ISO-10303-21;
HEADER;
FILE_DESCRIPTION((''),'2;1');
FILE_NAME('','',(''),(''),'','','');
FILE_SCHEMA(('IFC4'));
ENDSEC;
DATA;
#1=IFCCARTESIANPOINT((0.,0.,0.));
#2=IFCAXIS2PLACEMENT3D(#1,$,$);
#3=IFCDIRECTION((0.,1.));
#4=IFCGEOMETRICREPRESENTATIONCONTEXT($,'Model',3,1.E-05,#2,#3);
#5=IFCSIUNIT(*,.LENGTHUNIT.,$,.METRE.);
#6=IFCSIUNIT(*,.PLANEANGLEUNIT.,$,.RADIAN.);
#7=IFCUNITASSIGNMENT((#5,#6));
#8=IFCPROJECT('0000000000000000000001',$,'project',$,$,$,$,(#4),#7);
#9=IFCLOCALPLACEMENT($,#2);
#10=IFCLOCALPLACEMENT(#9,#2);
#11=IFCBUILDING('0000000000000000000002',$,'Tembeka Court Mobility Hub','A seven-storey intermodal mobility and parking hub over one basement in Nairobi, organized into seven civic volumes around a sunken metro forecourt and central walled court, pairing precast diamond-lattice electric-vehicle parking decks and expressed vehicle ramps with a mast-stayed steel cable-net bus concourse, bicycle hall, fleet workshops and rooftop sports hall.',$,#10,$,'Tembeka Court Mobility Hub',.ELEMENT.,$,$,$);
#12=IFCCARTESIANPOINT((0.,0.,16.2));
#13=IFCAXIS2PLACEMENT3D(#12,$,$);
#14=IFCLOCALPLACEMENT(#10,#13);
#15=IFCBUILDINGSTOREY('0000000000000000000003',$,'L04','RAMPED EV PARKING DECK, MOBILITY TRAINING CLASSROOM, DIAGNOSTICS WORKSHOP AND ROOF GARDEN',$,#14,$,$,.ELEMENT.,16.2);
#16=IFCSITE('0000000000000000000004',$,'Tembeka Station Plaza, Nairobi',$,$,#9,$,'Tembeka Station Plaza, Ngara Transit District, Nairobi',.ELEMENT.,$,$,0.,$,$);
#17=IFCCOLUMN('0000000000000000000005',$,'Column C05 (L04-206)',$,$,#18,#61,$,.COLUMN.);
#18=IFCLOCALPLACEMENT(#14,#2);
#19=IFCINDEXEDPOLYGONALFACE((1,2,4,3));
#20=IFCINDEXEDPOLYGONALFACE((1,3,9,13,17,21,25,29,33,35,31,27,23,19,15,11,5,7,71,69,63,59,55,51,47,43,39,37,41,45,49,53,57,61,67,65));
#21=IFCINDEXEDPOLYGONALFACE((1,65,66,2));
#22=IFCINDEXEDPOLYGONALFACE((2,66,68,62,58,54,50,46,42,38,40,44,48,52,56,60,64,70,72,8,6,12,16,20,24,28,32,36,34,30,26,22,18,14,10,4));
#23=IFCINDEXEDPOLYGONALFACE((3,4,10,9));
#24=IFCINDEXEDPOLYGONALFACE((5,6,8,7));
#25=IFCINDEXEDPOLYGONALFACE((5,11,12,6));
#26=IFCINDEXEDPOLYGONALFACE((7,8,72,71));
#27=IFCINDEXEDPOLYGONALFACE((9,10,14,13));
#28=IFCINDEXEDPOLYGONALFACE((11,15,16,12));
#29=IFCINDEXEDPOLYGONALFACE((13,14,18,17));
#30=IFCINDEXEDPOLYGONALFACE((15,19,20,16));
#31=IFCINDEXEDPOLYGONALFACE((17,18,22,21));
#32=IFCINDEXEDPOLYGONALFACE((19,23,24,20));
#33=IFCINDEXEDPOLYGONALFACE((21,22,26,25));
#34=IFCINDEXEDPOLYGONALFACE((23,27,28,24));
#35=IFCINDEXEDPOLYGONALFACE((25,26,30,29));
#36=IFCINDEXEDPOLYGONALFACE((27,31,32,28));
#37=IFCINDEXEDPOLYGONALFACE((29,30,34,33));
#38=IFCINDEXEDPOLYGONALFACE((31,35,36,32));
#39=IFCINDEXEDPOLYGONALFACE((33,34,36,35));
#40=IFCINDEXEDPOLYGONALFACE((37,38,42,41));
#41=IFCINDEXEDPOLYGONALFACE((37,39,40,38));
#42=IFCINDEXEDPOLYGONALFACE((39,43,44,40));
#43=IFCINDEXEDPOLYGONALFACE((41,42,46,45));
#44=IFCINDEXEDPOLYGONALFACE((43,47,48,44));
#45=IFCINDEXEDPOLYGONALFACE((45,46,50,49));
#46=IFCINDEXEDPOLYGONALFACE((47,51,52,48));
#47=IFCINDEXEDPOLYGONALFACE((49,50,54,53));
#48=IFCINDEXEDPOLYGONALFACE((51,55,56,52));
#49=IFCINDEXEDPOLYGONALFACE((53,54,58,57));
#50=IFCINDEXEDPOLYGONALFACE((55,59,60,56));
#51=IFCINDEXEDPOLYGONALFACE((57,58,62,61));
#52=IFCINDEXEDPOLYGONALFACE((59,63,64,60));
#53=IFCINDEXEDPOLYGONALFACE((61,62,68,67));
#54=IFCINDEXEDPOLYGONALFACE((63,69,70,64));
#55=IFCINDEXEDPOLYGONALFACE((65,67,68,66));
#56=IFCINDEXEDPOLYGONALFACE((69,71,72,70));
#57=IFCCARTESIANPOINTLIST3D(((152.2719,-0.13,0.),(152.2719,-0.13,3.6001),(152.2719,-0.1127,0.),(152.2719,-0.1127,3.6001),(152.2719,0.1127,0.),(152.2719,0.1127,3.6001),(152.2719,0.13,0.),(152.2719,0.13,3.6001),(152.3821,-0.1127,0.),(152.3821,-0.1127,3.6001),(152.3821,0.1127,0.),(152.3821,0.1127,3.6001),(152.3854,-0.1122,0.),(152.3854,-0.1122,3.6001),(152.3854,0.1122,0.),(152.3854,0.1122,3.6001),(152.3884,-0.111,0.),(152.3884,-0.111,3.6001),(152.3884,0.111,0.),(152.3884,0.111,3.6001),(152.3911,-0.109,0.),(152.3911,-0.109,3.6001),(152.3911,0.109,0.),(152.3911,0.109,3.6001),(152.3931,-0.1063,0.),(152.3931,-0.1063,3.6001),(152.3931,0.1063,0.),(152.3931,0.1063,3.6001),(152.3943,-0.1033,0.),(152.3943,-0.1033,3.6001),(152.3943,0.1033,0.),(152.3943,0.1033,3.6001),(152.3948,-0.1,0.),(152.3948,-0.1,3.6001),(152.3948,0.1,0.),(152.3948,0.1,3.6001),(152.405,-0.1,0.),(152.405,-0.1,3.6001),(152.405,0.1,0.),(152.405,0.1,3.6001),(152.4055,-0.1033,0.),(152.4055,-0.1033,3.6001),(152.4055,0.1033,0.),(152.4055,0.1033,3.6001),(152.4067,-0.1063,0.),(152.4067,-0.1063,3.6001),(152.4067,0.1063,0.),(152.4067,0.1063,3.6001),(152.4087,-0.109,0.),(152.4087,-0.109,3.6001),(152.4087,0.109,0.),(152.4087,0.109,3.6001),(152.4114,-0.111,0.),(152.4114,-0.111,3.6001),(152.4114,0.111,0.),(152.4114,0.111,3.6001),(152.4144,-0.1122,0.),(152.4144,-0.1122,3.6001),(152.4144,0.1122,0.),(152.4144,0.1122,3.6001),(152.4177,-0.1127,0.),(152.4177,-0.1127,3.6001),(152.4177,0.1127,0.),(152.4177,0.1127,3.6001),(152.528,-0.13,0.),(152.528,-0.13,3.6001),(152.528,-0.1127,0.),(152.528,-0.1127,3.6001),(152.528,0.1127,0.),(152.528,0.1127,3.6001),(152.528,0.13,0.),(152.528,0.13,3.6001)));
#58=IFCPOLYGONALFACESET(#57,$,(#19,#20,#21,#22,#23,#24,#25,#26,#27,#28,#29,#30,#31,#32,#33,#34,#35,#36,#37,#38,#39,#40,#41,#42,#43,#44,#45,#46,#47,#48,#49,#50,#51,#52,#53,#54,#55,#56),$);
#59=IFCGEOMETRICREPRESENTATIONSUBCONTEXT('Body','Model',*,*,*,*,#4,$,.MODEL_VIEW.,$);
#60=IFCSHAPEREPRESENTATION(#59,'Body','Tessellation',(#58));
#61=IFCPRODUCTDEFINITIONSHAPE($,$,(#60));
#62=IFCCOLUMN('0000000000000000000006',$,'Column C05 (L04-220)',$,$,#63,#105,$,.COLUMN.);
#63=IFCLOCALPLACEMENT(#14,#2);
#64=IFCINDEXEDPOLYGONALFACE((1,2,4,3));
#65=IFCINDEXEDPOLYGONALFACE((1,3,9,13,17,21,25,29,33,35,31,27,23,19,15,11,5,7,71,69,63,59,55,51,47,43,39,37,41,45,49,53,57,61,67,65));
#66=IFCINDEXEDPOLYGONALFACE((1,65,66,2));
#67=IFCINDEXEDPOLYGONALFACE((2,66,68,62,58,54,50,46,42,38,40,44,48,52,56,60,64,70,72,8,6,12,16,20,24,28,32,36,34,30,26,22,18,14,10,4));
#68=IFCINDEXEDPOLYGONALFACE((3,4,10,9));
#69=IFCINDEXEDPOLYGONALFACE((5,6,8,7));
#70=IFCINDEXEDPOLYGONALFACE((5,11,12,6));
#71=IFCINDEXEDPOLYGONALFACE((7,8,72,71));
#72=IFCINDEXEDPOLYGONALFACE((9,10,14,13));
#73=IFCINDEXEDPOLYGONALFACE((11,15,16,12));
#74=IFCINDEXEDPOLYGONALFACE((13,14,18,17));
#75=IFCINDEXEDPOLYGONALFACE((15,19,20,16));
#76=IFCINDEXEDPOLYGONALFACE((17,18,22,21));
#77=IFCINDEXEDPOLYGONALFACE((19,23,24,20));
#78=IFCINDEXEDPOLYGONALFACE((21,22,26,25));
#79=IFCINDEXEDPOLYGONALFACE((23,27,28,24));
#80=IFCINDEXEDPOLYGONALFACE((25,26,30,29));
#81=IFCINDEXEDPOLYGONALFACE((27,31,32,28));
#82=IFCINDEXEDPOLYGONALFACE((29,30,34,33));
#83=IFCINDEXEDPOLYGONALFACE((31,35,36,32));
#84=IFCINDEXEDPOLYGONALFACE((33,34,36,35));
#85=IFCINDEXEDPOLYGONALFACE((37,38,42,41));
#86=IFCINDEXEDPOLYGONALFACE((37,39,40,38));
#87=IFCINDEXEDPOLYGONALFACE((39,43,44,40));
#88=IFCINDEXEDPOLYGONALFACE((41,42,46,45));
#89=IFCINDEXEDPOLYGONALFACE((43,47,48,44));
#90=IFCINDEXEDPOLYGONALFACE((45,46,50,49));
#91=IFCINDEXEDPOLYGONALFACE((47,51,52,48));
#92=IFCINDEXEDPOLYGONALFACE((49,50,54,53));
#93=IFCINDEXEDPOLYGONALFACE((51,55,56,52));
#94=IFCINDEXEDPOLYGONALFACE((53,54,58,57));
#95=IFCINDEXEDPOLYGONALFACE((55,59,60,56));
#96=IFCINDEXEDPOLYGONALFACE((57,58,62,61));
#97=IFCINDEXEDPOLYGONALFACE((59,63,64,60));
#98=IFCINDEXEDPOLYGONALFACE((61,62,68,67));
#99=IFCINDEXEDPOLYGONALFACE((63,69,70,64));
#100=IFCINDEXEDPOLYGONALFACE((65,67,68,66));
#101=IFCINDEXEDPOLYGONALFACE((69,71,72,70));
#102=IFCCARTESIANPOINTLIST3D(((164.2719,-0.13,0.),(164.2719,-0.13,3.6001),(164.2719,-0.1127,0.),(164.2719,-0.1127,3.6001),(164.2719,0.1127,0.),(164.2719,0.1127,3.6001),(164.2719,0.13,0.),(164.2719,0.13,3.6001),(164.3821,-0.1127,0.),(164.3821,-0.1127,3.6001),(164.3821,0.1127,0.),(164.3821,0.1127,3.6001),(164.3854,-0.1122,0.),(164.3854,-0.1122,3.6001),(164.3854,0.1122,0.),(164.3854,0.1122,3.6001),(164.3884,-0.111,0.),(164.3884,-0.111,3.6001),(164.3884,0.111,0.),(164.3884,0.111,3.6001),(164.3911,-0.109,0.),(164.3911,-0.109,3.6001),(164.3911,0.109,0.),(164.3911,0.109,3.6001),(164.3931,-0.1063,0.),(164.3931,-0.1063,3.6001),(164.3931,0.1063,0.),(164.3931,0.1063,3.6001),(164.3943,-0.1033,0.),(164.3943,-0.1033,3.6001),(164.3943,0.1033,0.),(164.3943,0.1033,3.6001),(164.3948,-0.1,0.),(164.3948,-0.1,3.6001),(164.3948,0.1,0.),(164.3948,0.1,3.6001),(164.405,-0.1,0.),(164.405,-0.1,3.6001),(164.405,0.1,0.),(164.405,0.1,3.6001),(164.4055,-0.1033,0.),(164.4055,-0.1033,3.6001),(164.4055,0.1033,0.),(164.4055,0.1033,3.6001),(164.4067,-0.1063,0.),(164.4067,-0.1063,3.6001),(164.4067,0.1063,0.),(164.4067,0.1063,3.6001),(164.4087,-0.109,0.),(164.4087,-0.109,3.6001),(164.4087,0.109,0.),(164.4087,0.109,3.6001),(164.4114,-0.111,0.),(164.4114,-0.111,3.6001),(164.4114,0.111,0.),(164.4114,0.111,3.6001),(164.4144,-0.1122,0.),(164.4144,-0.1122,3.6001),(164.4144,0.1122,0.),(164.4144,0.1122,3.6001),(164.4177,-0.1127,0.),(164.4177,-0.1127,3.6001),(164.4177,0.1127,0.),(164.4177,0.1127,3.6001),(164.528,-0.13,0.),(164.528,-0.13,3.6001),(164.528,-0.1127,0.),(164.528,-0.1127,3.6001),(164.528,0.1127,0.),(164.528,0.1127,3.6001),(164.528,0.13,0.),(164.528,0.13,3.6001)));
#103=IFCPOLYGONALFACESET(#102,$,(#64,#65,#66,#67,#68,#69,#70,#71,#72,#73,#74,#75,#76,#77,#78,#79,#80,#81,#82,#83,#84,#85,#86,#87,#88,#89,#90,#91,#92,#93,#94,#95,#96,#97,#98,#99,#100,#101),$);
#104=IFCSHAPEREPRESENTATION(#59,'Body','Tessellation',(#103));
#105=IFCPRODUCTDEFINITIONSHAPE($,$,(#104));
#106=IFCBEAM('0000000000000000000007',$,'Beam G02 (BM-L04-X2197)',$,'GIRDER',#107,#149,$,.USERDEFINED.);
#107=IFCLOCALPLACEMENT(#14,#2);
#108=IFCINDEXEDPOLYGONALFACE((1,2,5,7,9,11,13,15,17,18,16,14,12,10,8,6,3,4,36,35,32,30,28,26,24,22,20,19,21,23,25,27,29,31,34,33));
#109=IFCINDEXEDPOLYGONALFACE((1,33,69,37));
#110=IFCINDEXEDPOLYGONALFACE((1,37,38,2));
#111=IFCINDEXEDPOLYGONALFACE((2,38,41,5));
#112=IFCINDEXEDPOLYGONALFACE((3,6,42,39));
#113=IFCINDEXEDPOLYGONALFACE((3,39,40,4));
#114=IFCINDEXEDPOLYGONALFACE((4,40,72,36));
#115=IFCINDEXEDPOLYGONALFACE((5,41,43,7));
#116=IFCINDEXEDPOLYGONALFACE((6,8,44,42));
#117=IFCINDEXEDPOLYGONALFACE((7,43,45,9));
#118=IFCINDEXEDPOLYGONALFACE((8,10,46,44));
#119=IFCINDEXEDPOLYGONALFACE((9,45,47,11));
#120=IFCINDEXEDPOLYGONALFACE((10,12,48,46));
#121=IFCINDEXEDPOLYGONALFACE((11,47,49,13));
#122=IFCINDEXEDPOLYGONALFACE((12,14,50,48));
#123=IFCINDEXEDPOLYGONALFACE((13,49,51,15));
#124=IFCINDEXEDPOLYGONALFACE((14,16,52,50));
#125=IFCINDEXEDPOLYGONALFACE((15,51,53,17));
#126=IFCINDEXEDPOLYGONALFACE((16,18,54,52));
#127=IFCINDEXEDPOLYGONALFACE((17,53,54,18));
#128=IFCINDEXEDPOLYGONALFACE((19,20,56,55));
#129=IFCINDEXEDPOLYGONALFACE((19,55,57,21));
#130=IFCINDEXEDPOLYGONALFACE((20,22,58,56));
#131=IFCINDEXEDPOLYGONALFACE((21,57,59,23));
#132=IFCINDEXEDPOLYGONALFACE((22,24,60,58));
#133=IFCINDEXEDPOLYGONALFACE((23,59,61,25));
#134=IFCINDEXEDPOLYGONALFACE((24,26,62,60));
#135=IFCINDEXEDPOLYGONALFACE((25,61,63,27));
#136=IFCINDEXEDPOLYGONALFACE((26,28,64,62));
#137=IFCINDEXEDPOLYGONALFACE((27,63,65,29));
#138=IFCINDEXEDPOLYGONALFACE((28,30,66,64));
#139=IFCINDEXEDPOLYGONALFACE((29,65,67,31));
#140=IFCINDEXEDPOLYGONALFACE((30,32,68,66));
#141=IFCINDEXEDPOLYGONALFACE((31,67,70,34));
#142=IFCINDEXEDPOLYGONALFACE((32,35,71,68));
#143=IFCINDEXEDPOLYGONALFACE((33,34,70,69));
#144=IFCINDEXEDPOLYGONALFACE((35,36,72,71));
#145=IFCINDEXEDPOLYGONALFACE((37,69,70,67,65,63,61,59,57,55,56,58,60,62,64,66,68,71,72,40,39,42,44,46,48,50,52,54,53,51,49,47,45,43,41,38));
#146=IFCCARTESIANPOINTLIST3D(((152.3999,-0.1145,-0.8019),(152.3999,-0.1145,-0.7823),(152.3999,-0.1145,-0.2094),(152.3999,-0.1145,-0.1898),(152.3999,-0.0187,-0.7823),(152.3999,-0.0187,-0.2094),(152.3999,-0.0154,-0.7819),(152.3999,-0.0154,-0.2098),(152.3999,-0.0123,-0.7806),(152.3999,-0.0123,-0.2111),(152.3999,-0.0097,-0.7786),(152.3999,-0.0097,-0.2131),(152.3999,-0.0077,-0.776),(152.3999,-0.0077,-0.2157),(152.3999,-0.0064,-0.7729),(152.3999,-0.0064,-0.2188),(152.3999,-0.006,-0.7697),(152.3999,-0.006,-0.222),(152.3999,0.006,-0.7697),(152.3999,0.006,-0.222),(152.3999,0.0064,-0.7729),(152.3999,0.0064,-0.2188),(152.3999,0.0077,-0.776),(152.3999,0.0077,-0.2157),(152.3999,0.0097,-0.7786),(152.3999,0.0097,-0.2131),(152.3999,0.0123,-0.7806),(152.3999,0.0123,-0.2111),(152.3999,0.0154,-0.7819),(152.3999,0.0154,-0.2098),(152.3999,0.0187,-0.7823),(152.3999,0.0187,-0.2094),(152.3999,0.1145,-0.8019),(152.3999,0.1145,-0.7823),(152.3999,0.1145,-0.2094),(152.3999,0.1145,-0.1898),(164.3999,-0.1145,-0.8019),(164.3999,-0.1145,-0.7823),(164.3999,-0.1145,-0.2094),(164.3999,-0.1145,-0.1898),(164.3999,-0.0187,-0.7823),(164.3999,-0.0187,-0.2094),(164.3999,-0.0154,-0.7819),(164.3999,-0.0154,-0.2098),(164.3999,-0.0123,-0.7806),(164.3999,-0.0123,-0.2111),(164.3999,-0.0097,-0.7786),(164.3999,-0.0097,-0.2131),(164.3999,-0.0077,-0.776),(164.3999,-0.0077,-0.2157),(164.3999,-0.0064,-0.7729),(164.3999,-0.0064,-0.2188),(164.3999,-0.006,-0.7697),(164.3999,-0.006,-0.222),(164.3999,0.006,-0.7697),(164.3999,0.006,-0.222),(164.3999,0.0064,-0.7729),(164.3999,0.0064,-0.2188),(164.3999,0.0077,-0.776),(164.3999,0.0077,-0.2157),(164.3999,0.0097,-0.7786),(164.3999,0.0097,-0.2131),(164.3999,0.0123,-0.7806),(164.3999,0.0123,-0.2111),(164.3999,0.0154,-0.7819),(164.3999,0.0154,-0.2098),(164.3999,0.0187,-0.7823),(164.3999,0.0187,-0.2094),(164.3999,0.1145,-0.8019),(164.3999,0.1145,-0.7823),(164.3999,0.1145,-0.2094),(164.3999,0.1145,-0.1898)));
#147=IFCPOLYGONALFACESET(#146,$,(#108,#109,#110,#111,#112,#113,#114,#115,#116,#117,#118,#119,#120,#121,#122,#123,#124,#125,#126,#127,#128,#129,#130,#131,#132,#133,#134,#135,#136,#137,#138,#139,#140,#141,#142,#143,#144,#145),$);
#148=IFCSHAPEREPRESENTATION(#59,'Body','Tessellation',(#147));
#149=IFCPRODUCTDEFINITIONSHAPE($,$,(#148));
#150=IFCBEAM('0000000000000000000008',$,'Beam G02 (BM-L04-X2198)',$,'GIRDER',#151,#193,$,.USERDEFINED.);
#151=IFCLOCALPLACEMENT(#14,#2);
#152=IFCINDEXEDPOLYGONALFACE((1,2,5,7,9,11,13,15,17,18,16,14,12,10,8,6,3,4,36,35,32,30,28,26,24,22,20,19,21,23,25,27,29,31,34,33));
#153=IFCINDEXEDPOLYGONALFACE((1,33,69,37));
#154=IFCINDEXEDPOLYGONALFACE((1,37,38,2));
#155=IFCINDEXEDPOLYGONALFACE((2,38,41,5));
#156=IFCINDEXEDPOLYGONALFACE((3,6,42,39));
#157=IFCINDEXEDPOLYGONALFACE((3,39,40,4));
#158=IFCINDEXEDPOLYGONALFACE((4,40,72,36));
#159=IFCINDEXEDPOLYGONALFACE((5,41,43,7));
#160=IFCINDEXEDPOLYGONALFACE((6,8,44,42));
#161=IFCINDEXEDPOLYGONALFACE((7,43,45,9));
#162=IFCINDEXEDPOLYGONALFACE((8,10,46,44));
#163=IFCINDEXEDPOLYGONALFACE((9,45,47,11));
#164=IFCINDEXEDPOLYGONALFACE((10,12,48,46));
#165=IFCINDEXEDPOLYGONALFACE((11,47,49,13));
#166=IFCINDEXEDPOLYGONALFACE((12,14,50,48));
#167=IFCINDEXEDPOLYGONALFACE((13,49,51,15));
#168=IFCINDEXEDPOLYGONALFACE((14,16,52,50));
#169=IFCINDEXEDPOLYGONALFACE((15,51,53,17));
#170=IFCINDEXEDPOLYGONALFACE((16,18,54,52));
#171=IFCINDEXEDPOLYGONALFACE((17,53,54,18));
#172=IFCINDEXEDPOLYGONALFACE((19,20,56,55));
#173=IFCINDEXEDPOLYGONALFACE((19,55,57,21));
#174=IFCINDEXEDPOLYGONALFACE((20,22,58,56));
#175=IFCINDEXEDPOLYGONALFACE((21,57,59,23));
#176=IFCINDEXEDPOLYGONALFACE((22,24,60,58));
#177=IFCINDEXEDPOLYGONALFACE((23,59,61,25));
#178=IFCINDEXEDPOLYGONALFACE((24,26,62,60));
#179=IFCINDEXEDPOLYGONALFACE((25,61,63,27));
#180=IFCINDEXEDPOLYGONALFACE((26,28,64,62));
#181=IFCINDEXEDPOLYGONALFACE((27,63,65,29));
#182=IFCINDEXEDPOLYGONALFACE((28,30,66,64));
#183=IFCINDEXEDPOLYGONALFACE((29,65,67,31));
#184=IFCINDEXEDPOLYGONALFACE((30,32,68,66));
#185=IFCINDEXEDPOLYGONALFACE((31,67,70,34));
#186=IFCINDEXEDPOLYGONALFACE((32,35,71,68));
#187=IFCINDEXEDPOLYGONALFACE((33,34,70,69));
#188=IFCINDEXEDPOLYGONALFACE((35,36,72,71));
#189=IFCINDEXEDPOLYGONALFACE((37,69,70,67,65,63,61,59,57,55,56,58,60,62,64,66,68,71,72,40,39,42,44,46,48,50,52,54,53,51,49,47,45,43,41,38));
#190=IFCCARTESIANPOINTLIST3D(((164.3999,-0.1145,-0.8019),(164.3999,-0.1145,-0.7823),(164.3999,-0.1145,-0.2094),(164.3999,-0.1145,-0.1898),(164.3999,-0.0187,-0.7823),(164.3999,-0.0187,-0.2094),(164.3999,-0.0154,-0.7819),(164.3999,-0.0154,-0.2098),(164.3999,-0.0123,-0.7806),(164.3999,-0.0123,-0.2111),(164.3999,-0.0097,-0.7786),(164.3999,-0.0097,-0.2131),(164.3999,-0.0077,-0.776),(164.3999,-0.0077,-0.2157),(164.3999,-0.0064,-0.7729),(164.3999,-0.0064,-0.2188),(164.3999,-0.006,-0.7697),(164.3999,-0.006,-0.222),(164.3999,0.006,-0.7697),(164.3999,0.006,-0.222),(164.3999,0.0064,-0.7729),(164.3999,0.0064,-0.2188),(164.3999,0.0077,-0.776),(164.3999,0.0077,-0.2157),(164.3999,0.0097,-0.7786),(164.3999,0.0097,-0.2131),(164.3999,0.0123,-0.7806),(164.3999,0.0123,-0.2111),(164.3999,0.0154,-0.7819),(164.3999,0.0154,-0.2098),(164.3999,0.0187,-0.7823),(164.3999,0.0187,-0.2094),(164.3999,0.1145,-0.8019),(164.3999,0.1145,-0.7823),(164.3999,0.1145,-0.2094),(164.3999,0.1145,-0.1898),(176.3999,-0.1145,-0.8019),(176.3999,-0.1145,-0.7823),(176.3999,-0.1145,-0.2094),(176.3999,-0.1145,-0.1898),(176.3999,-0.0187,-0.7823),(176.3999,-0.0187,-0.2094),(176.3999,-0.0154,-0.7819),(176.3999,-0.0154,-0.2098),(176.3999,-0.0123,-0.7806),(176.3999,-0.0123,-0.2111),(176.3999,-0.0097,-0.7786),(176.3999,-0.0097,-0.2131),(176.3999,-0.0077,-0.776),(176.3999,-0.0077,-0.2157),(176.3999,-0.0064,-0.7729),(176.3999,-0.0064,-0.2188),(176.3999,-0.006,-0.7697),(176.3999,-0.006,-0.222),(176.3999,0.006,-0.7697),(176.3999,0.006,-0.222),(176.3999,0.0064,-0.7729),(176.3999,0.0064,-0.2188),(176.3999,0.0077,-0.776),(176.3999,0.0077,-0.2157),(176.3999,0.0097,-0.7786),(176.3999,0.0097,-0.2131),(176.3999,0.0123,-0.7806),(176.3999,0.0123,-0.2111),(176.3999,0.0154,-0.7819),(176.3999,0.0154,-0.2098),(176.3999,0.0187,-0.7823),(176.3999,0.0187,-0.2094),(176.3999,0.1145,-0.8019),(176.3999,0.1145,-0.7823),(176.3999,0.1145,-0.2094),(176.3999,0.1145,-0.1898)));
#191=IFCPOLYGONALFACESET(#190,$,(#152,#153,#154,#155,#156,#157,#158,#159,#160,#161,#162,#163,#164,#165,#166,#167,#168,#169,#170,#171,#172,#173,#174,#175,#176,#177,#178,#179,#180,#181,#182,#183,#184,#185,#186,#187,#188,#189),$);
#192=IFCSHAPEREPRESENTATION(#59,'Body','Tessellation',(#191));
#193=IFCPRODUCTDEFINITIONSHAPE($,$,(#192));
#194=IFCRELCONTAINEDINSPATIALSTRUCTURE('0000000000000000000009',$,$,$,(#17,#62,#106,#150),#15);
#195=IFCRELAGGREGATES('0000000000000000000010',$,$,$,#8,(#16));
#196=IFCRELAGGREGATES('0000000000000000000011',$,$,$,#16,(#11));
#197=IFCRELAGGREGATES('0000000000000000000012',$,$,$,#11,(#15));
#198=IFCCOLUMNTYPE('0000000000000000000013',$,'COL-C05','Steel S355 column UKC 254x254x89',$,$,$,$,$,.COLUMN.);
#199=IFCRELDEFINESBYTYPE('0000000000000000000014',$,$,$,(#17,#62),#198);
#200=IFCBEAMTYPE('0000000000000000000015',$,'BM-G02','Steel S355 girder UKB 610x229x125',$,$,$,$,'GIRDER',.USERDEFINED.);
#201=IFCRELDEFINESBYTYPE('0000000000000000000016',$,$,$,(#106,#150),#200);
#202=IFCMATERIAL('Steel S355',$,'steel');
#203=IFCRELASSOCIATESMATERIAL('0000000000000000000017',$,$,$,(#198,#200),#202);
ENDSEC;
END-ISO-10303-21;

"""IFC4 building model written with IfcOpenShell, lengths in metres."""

from ifc_helpers import new_model, si_unit, direction, frame, origin, origin_2d, place, context, subcontext, project, spatial, i_section, extrude, material, material_profile, profile_set, type_object, element, save


model = new_model("IFC4")

# Units and contexts
model_context = context("Model", 3, precision=1e-05, world=origin(), true_north=direction((0.0, 1.0)))
body_context = subcontext(model_context, "Body", "Model", "MODEL_VIEW")
ifc_project = project(units=[si_unit("LENGTHUNIT", "METRE"), si_unit("PLANEANGLEUNIT", "RADIAN")], contexts=[model_context])

# Site, building, storey
site_placement = place(None, origin())
site = spatial("IfcSite", under=ifc_project, at=site_placement, Name="Tembeka Station Plaza, Nairobi", LongName="Tembeka Station Plaza, Ngara Transit District, Nairobi", CompositionType="ELEMENT", RefElevation=0.0)
building_placement = place(site_placement, origin())
building = spatial("IfcBuilding", under=site, at=building_placement, Name="Tembeka Court Mobility Hub", Description="A seven-storey intermodal mobility and parking hub over one basement in Nairobi, organized into seven civic volumes around a sunken metro forecourt and central walled court, pairing precast diamond-lattice electric-vehicle parking decks and expressed vehicle ramps with a mast-stayed steel cable-net bus concourse, bicycle hall, fleet workshops and rooftop sports hall.", LongName="Tembeka Court Mobility Hub", CompositionType="ELEMENT")
storey_placement = place(building_placement, frame((0.0, 0.0, 16.2)))
storey = spatial("IfcBuildingStorey", under=building, at=storey_placement, Name="L04", Description="RAMPED EV PARKING DECK, MOBILITY TRAINING CLASSROOM, DIAGNOSTICS WORKSHOP AND ROOF GARDEN", CompositionType="ELEMENT", Elevation=16.2)

# Columns
ifc_material_1 = material(Name="Steel S355", Category="steel")
ifc_material_profile_1 = material_profile(ifc_material_1, i_section(OverallWidth=0.2561, OverallDepth=0.26, WebThickness=0.0103, FlangeThickness=0.0173, FilletRadius=0.0127, at=origin_2d()), Name="UKC 254x254x89")
ifc_profile_set_1 = profile_set([ifc_material_profile_1], Name="Steel S355")
column_type = type_object("IfcColumnType", Name="COL-C05", Description="Steel S355 column UKC 254x254x89", PredefinedType="COLUMN", material=ifc_profile_set_1)
for number, where, z_axis, x_axis, name in (
    (1, (152.3999, 0.0, 0.0), (0.0, 0.0, 1.0), (1.0, 0.0, 0.0), "Column C05 (L04-206)"),
    (2, (164.3999, 0.0, 0.0), (0.0, 0.0, 1.0), (1.0, 0.0, 0.0), "Column C05 (L04-220)"),
):
    element("IfcColumn", number, at=place(storey_placement, frame(where, z_axis=z_axis, x_axis=x_axis)), inside=storey, type_object=column_type, Name=name, PredefinedType="COLUMN", context=body_context, shape_type="SweptSolid", body=[
        extrude(i_section(OverallWidth=0.2561, OverallDepth=0.26, WebThickness=0.0103, FlangeThickness=0.0173, FilletRadius=0.0127, at=origin_2d()), origin(), (0.0, 0.0, 1.0), 3.6001),
    ])

# Beams
ifc_material_profile_2 = material_profile(ifc_material_1, i_section(OverallWidth=0.229, OverallDepth=0.6121, WebThickness=0.012, FlangeThickness=0.0195, FilletRadius=0.0127, at=origin_2d()), Name="UKB 610x229x125")
ifc_profile_set_2 = profile_set([ifc_material_profile_2], Name="Steel S355")
beam_type_1 = type_object("IfcBeamType", Name="BM-G02", Description="Steel S355 girder UKB 610x229x125", ElementType="GIRDER", PredefinedType="USERDEFINED", material=ifc_profile_set_2)
for number, where, z_axis, x_axis, name in (
    (3, (152.3999, 0.0, -0.4958), (1.0, 0.0, 0.0), (0.0, 1.0, 0.0), "Beam G02 (BM-L04-X2197)"),
    (4, (164.3999, 0.0, -0.4958), (1.0, 0.0, 0.0), (0.0, 1.0, 0.0), "Beam G02 (BM-L04-X2198)"),
):
    element("IfcBeam", number, at=place(storey_placement, frame(where, z_axis=z_axis, x_axis=x_axis)), inside=storey, type_object=beam_type_1, Name=name, ObjectType="GIRDER", PredefinedType="USERDEFINED", context=body_context, shape_type="SweptSolid", body=[
        extrude(i_section(OverallWidth=0.229, OverallDepth=0.6121, WebThickness=0.012, FlangeThickness=0.0195, FilletRadius=0.0127, at=origin_2d()), origin(), (0.0, 0.0, 1.0), 12.0),
    ])

save(model, "model.ifc")
